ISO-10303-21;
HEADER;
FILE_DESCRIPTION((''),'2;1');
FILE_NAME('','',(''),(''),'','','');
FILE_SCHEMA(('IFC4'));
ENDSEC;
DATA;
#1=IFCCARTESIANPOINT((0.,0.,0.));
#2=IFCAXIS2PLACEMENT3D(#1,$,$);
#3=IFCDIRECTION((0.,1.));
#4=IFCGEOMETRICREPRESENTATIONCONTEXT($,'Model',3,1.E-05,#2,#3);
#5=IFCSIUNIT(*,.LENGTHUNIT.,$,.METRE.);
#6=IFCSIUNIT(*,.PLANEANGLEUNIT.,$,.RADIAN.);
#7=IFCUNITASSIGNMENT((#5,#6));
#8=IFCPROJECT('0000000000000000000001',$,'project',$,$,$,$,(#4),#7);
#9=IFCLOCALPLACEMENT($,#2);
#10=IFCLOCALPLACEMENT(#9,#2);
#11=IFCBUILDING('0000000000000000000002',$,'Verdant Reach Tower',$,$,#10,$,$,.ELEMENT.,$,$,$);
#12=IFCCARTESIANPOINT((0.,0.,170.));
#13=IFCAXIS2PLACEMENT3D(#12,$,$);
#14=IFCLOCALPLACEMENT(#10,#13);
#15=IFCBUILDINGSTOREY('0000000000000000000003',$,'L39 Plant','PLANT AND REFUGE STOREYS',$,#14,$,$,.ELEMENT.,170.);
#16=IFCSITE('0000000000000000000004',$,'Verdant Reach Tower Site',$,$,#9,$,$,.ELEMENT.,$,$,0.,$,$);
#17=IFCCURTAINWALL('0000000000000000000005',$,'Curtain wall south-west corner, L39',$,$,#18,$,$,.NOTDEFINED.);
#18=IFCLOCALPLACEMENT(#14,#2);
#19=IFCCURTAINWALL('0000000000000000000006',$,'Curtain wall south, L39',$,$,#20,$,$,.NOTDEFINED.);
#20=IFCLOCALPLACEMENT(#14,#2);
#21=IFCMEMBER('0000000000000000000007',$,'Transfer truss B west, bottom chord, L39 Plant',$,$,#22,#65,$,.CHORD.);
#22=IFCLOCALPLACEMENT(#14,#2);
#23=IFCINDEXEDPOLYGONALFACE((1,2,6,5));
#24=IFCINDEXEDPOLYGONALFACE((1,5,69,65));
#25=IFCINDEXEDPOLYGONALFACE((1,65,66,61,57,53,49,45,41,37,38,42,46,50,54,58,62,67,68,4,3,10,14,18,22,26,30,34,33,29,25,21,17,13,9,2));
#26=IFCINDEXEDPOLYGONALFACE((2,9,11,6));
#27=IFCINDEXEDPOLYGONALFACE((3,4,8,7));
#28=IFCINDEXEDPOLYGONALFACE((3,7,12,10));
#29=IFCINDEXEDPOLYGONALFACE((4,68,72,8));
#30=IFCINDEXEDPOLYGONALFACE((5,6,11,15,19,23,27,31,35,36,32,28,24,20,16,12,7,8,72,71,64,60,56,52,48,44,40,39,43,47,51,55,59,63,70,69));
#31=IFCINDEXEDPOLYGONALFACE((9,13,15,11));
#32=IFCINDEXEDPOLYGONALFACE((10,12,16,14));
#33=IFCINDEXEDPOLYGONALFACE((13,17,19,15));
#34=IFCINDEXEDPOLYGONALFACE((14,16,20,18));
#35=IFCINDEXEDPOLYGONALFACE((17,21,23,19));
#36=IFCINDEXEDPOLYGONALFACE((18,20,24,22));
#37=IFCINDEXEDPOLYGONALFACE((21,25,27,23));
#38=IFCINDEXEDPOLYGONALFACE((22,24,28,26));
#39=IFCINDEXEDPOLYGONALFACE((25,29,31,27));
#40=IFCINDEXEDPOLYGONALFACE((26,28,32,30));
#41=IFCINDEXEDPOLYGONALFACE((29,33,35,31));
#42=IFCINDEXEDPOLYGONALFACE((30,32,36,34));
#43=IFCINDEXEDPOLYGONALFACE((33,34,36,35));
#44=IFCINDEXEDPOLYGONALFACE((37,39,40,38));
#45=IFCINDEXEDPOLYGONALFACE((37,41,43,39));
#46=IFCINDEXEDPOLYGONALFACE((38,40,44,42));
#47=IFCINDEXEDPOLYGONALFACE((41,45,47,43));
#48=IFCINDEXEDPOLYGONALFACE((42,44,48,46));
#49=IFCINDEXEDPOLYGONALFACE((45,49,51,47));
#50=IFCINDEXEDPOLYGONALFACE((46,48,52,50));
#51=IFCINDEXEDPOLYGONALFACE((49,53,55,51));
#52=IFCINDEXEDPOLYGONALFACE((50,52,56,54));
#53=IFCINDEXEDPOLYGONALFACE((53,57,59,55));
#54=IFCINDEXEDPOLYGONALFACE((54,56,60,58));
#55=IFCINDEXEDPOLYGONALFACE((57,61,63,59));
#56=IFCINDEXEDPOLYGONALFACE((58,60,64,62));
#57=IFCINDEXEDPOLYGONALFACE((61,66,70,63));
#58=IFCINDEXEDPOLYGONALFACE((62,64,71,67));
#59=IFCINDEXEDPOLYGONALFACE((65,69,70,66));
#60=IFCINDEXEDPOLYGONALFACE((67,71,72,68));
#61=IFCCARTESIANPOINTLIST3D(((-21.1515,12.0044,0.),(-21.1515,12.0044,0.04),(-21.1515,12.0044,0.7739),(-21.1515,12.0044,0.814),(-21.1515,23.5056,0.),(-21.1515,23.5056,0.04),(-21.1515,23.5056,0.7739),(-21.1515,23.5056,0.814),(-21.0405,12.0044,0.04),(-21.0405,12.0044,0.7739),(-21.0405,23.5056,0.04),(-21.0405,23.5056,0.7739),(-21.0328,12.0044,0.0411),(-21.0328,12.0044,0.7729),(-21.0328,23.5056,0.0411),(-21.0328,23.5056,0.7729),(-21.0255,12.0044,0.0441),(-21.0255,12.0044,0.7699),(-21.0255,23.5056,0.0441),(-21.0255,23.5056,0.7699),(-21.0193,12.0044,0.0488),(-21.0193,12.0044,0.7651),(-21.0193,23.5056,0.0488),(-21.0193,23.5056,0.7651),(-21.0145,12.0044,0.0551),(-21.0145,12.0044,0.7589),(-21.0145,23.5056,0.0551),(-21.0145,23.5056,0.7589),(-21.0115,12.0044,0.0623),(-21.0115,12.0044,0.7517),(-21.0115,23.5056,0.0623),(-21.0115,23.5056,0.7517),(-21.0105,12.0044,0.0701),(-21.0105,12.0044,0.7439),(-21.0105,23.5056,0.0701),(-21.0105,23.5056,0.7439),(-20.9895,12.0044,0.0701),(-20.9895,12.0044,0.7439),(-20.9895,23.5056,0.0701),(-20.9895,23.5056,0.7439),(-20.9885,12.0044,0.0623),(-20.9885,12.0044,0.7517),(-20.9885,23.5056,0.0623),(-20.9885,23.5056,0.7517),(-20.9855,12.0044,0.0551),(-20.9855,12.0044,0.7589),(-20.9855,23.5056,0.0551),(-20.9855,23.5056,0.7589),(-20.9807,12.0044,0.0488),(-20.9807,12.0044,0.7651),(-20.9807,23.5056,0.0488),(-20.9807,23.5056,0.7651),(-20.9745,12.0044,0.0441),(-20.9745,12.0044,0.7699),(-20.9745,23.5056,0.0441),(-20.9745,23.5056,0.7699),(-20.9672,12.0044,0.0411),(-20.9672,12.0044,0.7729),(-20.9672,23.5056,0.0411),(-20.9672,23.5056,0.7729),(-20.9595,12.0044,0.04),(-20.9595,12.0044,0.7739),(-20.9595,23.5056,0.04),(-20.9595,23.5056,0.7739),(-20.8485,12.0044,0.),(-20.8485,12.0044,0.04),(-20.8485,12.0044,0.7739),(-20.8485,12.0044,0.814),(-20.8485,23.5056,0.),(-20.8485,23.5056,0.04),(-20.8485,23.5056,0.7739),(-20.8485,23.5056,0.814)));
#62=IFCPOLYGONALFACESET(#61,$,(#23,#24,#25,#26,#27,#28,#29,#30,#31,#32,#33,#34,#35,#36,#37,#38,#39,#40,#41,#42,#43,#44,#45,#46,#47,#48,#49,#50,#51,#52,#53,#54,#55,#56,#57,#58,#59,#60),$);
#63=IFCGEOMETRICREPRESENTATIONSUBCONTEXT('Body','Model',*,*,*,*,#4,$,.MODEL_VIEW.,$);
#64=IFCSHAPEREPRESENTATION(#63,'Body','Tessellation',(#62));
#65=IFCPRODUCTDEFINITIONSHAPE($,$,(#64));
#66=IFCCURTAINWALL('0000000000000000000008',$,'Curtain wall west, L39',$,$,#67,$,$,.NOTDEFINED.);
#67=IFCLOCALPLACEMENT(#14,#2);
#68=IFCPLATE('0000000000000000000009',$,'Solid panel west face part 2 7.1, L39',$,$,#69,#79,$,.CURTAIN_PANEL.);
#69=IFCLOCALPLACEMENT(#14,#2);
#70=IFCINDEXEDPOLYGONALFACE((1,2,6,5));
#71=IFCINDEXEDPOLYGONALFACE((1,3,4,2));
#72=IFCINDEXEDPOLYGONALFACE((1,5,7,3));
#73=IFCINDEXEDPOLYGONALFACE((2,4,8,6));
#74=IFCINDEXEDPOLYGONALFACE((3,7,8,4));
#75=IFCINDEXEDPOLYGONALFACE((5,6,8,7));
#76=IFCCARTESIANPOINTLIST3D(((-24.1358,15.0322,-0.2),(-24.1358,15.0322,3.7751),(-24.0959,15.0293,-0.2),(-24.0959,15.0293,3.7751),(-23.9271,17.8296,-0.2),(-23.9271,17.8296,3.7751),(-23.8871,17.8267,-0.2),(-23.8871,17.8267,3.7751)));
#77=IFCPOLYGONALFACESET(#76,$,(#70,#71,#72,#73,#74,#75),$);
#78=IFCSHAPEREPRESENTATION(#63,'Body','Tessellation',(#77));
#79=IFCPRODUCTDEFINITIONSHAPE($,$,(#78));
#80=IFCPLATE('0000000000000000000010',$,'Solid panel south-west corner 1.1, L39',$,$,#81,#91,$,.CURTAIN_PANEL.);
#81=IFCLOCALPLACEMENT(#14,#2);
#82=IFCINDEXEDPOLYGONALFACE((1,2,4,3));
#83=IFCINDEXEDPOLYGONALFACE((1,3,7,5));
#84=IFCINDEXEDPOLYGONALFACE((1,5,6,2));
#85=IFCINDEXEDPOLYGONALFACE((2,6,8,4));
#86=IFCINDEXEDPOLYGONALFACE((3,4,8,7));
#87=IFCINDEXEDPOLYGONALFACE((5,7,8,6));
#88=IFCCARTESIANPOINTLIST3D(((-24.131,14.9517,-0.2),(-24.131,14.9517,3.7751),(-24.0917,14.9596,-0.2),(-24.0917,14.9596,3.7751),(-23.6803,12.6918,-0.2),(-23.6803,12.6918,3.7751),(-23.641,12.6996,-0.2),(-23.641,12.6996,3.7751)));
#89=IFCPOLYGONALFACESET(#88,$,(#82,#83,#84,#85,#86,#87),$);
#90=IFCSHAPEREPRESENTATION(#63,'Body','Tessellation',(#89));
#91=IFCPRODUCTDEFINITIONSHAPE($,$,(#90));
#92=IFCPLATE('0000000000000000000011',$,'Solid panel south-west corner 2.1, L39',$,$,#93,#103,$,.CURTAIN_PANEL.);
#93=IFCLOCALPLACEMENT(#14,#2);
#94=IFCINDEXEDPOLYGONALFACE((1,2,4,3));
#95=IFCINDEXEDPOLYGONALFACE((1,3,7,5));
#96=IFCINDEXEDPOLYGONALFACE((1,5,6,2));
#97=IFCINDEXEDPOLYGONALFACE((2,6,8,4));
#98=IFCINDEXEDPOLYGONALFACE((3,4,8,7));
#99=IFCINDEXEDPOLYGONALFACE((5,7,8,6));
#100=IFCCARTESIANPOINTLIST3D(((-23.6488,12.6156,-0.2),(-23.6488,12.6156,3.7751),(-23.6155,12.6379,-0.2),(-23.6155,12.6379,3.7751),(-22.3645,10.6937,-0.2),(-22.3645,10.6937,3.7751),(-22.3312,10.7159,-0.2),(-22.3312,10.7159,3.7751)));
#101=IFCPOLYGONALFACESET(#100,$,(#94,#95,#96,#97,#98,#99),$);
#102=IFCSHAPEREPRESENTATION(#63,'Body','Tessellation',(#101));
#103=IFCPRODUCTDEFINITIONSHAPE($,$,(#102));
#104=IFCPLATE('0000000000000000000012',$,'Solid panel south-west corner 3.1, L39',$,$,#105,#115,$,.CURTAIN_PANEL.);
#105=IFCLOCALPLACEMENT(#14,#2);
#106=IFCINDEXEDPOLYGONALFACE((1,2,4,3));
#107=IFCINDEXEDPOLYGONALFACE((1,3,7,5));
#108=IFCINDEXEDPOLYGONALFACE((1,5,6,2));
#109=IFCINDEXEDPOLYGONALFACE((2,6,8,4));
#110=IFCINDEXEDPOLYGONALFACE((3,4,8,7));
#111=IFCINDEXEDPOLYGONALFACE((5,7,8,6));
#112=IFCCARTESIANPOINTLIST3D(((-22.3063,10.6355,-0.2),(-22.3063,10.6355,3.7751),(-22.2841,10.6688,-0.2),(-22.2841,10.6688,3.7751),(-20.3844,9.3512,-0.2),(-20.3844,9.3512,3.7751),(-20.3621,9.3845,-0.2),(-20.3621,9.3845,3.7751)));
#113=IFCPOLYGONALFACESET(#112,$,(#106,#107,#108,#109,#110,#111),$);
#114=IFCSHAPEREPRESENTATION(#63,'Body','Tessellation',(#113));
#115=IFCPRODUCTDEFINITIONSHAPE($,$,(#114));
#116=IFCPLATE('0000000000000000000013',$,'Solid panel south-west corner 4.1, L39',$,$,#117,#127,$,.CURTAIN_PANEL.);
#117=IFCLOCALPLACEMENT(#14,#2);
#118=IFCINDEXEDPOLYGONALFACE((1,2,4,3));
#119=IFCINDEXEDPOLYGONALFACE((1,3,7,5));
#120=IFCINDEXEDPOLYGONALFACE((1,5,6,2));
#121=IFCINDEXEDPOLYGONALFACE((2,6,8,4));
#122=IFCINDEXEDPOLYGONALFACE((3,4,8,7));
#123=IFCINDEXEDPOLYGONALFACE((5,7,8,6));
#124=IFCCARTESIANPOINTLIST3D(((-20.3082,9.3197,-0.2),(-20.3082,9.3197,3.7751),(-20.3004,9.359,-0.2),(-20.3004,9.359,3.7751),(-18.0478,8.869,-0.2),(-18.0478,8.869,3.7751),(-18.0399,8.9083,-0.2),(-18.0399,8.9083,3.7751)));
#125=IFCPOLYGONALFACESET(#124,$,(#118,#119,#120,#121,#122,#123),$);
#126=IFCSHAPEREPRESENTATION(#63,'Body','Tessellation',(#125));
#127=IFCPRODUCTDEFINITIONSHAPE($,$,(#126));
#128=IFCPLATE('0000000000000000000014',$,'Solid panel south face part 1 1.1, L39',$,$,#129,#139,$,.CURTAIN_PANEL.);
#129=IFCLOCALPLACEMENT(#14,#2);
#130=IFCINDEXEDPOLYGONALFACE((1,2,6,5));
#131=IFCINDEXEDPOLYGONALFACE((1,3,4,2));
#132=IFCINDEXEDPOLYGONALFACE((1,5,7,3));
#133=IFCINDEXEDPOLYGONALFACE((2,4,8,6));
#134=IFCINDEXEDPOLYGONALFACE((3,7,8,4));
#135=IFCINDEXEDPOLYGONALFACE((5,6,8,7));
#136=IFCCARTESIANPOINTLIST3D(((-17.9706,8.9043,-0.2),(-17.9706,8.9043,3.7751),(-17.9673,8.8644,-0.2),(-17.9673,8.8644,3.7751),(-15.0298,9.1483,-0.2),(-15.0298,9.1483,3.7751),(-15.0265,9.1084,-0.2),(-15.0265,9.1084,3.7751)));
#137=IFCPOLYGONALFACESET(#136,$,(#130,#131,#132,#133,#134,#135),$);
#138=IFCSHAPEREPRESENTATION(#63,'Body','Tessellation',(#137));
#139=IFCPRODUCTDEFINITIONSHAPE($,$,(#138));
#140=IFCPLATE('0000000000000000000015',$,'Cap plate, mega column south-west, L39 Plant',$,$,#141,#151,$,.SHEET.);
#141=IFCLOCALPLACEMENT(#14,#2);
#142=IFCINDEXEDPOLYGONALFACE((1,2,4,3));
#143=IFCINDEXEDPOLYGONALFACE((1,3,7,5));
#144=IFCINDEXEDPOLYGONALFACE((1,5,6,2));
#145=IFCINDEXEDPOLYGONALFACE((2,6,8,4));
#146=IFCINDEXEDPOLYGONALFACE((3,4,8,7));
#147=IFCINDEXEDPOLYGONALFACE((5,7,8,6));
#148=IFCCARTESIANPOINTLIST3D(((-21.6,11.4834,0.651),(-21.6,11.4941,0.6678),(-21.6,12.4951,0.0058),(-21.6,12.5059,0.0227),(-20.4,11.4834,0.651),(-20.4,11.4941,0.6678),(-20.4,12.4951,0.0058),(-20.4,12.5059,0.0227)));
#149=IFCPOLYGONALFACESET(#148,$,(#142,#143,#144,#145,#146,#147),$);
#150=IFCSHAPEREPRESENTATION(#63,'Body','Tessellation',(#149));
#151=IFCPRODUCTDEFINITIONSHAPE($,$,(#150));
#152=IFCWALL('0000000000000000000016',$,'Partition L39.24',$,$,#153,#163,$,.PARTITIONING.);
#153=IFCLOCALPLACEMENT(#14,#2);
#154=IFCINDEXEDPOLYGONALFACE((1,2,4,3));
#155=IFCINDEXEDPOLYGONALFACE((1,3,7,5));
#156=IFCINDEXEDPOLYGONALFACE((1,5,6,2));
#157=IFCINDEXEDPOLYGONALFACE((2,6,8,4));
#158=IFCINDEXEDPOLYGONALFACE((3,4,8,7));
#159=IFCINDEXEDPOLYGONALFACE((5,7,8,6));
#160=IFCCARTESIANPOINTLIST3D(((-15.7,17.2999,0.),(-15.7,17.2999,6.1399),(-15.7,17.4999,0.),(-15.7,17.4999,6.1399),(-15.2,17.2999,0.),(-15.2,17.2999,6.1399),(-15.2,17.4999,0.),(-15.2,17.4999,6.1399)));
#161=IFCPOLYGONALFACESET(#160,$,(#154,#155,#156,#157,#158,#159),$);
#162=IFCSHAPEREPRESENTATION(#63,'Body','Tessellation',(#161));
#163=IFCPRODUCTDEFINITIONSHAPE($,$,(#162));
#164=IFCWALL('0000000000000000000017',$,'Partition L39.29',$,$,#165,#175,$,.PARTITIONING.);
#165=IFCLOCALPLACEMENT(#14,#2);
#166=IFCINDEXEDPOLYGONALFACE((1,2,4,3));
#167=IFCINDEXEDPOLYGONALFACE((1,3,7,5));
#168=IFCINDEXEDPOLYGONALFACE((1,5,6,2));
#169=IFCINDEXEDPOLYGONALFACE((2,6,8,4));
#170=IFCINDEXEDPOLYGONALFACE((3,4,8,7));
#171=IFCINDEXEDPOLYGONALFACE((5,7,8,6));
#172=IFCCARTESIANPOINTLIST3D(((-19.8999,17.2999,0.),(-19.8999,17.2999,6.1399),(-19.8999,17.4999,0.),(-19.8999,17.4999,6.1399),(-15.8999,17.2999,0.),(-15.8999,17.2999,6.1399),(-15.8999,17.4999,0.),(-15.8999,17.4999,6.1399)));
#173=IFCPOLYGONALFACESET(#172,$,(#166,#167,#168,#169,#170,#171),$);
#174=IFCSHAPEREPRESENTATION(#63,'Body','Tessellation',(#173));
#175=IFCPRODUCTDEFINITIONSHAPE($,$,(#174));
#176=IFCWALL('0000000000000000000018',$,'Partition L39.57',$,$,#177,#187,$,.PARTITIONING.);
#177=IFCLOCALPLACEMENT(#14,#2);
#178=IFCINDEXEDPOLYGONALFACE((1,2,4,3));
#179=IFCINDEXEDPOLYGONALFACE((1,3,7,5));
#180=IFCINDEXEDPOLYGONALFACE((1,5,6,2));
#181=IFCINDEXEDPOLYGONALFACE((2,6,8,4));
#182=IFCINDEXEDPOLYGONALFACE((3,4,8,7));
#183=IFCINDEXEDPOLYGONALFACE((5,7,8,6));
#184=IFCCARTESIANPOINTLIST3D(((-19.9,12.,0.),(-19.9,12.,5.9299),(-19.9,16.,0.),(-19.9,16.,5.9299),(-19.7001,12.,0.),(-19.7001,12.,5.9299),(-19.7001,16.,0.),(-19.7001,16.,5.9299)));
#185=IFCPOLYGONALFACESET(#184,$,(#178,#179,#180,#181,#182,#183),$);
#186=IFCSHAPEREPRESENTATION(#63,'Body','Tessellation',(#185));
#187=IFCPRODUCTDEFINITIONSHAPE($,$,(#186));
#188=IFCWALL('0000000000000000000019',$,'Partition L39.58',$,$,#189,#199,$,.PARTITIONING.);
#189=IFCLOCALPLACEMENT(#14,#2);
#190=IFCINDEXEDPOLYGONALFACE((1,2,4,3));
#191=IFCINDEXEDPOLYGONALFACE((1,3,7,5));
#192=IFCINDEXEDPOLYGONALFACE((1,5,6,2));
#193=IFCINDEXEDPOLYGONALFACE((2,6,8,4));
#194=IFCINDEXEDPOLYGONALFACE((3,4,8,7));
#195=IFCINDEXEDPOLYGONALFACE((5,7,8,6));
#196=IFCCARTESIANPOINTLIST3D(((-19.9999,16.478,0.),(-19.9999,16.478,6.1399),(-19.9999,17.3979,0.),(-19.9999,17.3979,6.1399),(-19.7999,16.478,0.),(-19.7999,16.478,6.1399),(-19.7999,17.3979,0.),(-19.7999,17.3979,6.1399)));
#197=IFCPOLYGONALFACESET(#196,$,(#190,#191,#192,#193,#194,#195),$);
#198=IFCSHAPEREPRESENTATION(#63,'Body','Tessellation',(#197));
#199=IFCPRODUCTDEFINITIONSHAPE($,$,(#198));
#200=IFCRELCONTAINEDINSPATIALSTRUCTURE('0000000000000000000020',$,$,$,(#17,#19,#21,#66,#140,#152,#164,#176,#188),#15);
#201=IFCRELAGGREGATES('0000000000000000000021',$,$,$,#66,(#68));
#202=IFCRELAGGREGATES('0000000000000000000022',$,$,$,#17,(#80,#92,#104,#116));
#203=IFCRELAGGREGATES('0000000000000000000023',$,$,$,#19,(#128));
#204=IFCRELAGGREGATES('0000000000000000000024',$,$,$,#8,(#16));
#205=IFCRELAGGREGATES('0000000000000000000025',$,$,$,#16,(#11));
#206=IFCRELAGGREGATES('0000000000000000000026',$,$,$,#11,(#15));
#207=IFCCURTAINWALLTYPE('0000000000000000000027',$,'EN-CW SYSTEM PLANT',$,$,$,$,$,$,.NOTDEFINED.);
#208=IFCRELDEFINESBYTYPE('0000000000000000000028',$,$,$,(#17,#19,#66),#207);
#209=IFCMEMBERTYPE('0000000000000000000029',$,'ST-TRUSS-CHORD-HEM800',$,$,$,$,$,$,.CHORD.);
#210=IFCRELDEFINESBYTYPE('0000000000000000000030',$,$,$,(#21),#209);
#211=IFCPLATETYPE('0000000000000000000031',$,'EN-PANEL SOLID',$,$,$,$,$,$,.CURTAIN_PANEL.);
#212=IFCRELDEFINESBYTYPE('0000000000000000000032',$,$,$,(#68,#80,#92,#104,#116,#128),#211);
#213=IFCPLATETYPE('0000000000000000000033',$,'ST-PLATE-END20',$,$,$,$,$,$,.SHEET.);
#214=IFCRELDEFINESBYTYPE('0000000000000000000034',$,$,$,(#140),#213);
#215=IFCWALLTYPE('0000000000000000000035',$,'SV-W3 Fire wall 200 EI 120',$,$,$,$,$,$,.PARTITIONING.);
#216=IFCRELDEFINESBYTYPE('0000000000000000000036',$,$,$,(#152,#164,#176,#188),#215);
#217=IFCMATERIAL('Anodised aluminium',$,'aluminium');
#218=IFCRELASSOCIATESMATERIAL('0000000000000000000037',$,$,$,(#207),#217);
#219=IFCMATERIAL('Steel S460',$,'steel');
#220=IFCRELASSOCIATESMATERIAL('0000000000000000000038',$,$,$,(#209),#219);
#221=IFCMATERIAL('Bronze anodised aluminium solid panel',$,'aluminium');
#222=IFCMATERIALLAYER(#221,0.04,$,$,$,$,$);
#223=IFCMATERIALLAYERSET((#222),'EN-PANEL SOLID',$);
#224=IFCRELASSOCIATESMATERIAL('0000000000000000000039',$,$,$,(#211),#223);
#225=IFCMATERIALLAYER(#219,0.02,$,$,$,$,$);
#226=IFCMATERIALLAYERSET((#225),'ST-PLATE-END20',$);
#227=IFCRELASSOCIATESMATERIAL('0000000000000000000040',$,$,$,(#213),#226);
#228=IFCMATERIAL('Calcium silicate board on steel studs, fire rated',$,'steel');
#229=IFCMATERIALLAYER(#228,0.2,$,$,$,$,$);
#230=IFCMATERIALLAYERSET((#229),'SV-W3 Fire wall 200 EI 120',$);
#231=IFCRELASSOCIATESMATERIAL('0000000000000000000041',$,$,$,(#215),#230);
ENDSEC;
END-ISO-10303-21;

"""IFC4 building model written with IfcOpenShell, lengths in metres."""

from ifc_helpers import new_model, si_unit, direction, frame, frame_2d, origin, origin_2d, place, context, subcontext, project, spatial, rectangle, i_section, extrude, material, layer, layer_set, material_profile, profile_set, type_object, element, aggregate, save


model = new_model("IFC4")

# Units and contexts
model_context = context("Model", 3, precision=1e-05, world=origin(), true_north=direction((0.0, 1.0)))
body_context = subcontext(model_context, "Body", "Model", "MODEL_VIEW")
ifc_project = project(units=[si_unit("LENGTHUNIT", "METRE"), si_unit("PLANEANGLEUNIT", "RADIAN")], contexts=[model_context])

# Site, building, storey
site_placement = place(None, origin())
site = spatial("IfcSite", under=ifc_project, at=site_placement, Name="Verdant Reach Tower Site", CompositionType="ELEMENT", RefElevation=0.0)
building_placement = place(site_placement, origin())
building = spatial("IfcBuilding", under=site, at=building_placement, Name="Verdant Reach Tower", CompositionType="ELEMENT")
storey_placement = place(building_placement, frame((0.0, 0.0, 170.0)))
storey = spatial("IfcBuildingStorey", under=building, at=storey_placement, Name="L39 Plant", Description="PLANT AND REFUGE STOREYS", CompositionType="ELEMENT", Elevation=170.0)

# Shared definitions
ifc_material_1 = material(Name="Steel S460", Category="steel")

# Curtain walls
ifc_material_2 = material(Name="Anodised aluminium", Category="aluminium")
curtain_wall_type = type_object("IfcCurtainWallType", Name="EN-CW SYSTEM PLANT", PredefinedType="NOTDEFINED", material=ifc_material_2)
curtain_wall_1_placement = place(storey_placement, origin())
curtain_wall_1 = element("IfcCurtainWall", 1, at=curtain_wall_1_placement, inside=storey, type_object=curtain_wall_type, Name="Curtain wall south-west corner, L39", PredefinedType="NOTDEFINED")
curtain_wall_2_placement = place(storey_placement, origin())
curtain_wall_2 = element("IfcCurtainWall", 2, at=curtain_wall_2_placement, inside=storey, type_object=curtain_wall_type, Name="Curtain wall south, L39", PredefinedType="NOTDEFINED")

# Member
ifc_material_profile_1 = material_profile(ifc_material_1, i_section(OverallWidth=0.303, OverallDepth=0.814, WebThickness=0.021, FlangeThickness=0.04, FilletRadius=0.03, at=origin_2d()), Name="HEM 800")
ifc_profile_set_1 = profile_set([ifc_material_profile_1], Name="Steel S460")
member_type_1 = type_object("IfcMemberType", Name="ST-TRUSS-CHORD-HEM800", PredefinedType="CHORD", material=ifc_profile_set_1)
member_1_placement = place(storey_placement, frame((-21.0, 12.0044, 0.407), z_axis=(0.0, 1.0, 0.0), x_axis=(-1.0, 0.0, 0.0)))
element("IfcMember", 3, at=member_1_placement, inside=storey, type_object=member_type_1, Name="Transfer truss B west, bottom chord, L39 Plant", PredefinedType="CHORD", context=body_context, shape_type="SweptSolid", body=[
    extrude(i_section(OverallWidth=0.303, OverallDepth=0.814, WebThickness=0.021, FlangeThickness=0.04, FilletRadius=0.03, at=origin_2d()), origin(), (0.0, 0.0, 1.0), 11.5012),
])

# Curtain wall, plate
curtain_wall_3_placement = place(storey_placement, origin())
curtain_wall_3 = element("IfcCurtainWall", 4, at=curtain_wall_3_placement, inside=storey, type_object=curtain_wall_type, Name="Curtain wall west, L39", PredefinedType="NOTDEFINED")
ifc_material_3 = material(Name="Bronze anodised aluminium solid panel", Category="aluminium")
ifc_layer_1 = layer(ifc_material_3, 0.04)
ifc_layer_set_1 = layer_set([ifc_layer_1], Name="EN-PANEL SOLID")
plate_type_1 = type_object("IfcPlateType", Name="EN-PANEL SOLID", PredefinedType="CURTAIN_PANEL", material=ifc_layer_set_1)
plate_1_placement = place(storey_placement, frame((-24.0115, 16.4294, -0.2), z_axis=(0.0, 0.0, 1.0), x_axis=(-0.074412, -0.997228, 0.0)))
plate_1 = element("IfcPlate", 5, at=plate_1_placement, type_object=plate_type_1, Name="Solid panel west face part 2 7.1, L39", PredefinedType="CURTAIN_PANEL", context=body_context, shape_type="SweptSolid", body=[
    extrude(rectangle(XDim=2.8052, YDim=0.04, at=origin_2d()), origin(), (0.0, 0.0, 1.0), 3.9751),
])

# Plates
plate_2_placement = place(storey_placement, frame((-23.886, 13.8257, -0.2), z_axis=(0.0, 0.0, 1.0), x_axis=(0.195573, -0.980689, 0.0)))
plate_2 = element("IfcPlate", 6, at=plate_2_placement, type_object=plate_type_1, Name="Solid panel south-west corner 1.1, L39", PredefinedType="CURTAIN_PANEL", context=body_context, shape_type="SweptSolid", body=[
    extrude(rectangle(XDim=2.3044, YDim=0.04, at=origin_2d()), origin(), (0.0, 0.0, 1.0), 3.9751),
])
plate_3_placement = place(storey_placement, frame((-22.99, 11.6658, -0.2), z_axis=(0.0, 0.0, 1.0), x_axis=(0.555596, -0.831452, 0.0)))
plate_3 = element("IfcPlate", 7, at=plate_3_placement, type_object=plate_type_1, Name="Solid panel south-west corner 2.1, L39", PredefinedType="CURTAIN_PANEL", context=body_context, shape_type="SweptSolid", body=[
    extrude(rectangle(XDim=2.3115, YDim=0.04, at=origin_2d()), origin(), (0.0, 0.0, 1.0), 3.9751),
])
plate_4_placement = place(storey_placement, frame((-21.3342, 10.01, -0.2), z_axis=(0.0, 0.0, 1.0), x_axis=(0.831452, -0.555596, 0.0)))
plate_4 = element("IfcPlate", 8, at=plate_4_placement, type_object=plate_type_1, Name="Solid panel south-west corner 3.1, L39", PredefinedType="CURTAIN_PANEL", context=body_context, shape_type="SweptSolid", body=[
    extrude(rectangle(XDim=2.3115, YDim=0.04, at=origin_2d()), origin(), (0.0, 0.0, 1.0), 3.9751),
])
plate_5_placement = place(storey_placement, frame((-19.1741, 9.114, -0.2), z_axis=(0.0, 0.0, 1.0), x_axis=(0.980695, -0.195545, 0.0)))
plate_5 = element("IfcPlate", 9, at=plate_5_placement, type_object=plate_type_1, Name="Solid panel south-west corner 4.1, L39", PredefinedType="CURTAIN_PANEL", context=body_context, shape_type="SweptSolid", body=[
    extrude(rectangle(XDim=2.3049, YDim=0.04, at=origin_2d()), origin(), (0.0, 0.0, 1.0), 3.9751),
])
plate_6_placement = place(storey_placement, frame((-16.4985, 9.0063, -0.2), z_axis=(0.0, 0.0, 1.0), x_axis=(0.996578, 0.082664, 0.0)))
plate_6 = element("IfcPlate", 10, at=plate_6_placement, type_object=plate_type_1, Name="Solid panel south face part 1 1.1, L39", PredefinedType="CURTAIN_PANEL", context=body_context, shape_type="SweptSolid", body=[
    extrude(rectangle(XDim=2.9509, YDim=0.04, at=origin_2d()), origin(), (0.0, 0.0, 1.0), 3.9751),
])
ifc_layer_2 = layer(ifc_material_1, 0.02)
ifc_layer_set_2 = layer_set([ifc_layer_2], Name="ST-PLATE-END20")
plate_type_2 = type_object("IfcPlateType", Name="ST-PLATE-END20", PredefinedType="SHEET", material=ifc_layer_set_2)
plate_7_placement = place(storey_placement, frame((-21.0, 11.9893, 0.3284), z_axis=(0.0, 0.537666, 0.843158), x_axis=(-1.0, 0.0, 0.0)))
element("IfcPlate", 11, at=plate_7_placement, inside=storey, type_object=plate_type_2, Name="Cap plate, mega column south-west, L39 Plant", PredefinedType="SHEET", context=body_context, shape_type="SweptSolid", body=[
    extrude(rectangle(XDim=1.2, YDim=1.2, at=origin_2d()), origin(), (0.0, 0.0, 1.0), 0.02),
])

# Walls
ifc_material_4 = material(Name="Calcium silicate board on steel studs, fire rated", Category="steel")
ifc_layer_3 = layer(ifc_material_4, 0.2)
ifc_layer_set_3 = layer_set([ifc_layer_3], Name="SV-W3 Fire wall 200 EI 120")
wall_type = type_object("IfcWallType", Name="SV-W3 Fire wall 200 EI 120", PredefinedType="PARTITIONING", material=ifc_layer_set_3)
wall_1_placement = place(storey_placement, frame((-15.2, 17.3999, 0.0), z_axis=(0.0, 0.0, 1.0), x_axis=(-1.0, 0.0, 0.0)))
element("IfcWall", 12, at=wall_1_placement, inside=storey, type_object=wall_type, Name="Partition L39.24", PredefinedType="PARTITIONING", context=body_context, shape_type="SweptSolid", body=[
    extrude(rectangle(XDim=0.5, YDim=0.2, at=frame_2d((0.25, 0.0))), origin(), (0.0, 0.0, 1.0), 6.1399),
])
wall_2_placement = place(storey_placement, frame((-15.8999, 17.3999, 0.0), z_axis=(0.0, 0.0, 1.0), x_axis=(-1.0, 0.0, 0.0)))
element("IfcWall", 13, at=wall_2_placement, inside=storey, type_object=wall_type, Name="Partition L39.29", PredefinedType="PARTITIONING", context=body_context, shape_type="SweptSolid", body=[
    extrude(rectangle(XDim=4.0, YDim=0.2, at=frame_2d((2.0, 0.0))), origin(), (0.0, 0.0, 1.0), 6.1399),
])
wall_3_placement = place(storey_placement, frame((-19.8, 12.0, 0.0), z_axis=(0.0, 0.0, 1.0), x_axis=(0.0, 1.0, 0.0)))
element("IfcWall", 14, at=wall_3_placement, inside=storey, type_object=wall_type, Name="Partition L39.57", PredefinedType="PARTITIONING", context=body_context, shape_type="SweptSolid", body=[
    extrude(rectangle(XDim=4.0, YDim=0.2, at=frame_2d((2.0, 0.0))), origin(), (0.0, 0.0, 1.0), 5.9299),
])
wall_4_placement = place(storey_placement, frame((-19.8999, 16.478, 0.0), z_axis=(0.0, 0.0, 1.0), x_axis=(0.0, 1.0, 0.0)))
element("IfcWall", 15, at=wall_4_placement, inside=storey, type_object=wall_type, Name="Partition L39.58", PredefinedType="PARTITIONING", context=body_context, shape_type="SweptSolid", body=[
    extrude(rectangle(XDim=0.9199, YDim=0.2, at=frame_2d((0.46, 0.0))), origin(), (0.0, 0.0, 1.0), 6.1399),
])

aggregate(curtain_wall_3, [plate_1])
aggregate(curtain_wall_1, [plate_2, plate_3, plate_4, plate_5])
aggregate(curtain_wall_2, [plate_6])

save(model, "model.ifc")
